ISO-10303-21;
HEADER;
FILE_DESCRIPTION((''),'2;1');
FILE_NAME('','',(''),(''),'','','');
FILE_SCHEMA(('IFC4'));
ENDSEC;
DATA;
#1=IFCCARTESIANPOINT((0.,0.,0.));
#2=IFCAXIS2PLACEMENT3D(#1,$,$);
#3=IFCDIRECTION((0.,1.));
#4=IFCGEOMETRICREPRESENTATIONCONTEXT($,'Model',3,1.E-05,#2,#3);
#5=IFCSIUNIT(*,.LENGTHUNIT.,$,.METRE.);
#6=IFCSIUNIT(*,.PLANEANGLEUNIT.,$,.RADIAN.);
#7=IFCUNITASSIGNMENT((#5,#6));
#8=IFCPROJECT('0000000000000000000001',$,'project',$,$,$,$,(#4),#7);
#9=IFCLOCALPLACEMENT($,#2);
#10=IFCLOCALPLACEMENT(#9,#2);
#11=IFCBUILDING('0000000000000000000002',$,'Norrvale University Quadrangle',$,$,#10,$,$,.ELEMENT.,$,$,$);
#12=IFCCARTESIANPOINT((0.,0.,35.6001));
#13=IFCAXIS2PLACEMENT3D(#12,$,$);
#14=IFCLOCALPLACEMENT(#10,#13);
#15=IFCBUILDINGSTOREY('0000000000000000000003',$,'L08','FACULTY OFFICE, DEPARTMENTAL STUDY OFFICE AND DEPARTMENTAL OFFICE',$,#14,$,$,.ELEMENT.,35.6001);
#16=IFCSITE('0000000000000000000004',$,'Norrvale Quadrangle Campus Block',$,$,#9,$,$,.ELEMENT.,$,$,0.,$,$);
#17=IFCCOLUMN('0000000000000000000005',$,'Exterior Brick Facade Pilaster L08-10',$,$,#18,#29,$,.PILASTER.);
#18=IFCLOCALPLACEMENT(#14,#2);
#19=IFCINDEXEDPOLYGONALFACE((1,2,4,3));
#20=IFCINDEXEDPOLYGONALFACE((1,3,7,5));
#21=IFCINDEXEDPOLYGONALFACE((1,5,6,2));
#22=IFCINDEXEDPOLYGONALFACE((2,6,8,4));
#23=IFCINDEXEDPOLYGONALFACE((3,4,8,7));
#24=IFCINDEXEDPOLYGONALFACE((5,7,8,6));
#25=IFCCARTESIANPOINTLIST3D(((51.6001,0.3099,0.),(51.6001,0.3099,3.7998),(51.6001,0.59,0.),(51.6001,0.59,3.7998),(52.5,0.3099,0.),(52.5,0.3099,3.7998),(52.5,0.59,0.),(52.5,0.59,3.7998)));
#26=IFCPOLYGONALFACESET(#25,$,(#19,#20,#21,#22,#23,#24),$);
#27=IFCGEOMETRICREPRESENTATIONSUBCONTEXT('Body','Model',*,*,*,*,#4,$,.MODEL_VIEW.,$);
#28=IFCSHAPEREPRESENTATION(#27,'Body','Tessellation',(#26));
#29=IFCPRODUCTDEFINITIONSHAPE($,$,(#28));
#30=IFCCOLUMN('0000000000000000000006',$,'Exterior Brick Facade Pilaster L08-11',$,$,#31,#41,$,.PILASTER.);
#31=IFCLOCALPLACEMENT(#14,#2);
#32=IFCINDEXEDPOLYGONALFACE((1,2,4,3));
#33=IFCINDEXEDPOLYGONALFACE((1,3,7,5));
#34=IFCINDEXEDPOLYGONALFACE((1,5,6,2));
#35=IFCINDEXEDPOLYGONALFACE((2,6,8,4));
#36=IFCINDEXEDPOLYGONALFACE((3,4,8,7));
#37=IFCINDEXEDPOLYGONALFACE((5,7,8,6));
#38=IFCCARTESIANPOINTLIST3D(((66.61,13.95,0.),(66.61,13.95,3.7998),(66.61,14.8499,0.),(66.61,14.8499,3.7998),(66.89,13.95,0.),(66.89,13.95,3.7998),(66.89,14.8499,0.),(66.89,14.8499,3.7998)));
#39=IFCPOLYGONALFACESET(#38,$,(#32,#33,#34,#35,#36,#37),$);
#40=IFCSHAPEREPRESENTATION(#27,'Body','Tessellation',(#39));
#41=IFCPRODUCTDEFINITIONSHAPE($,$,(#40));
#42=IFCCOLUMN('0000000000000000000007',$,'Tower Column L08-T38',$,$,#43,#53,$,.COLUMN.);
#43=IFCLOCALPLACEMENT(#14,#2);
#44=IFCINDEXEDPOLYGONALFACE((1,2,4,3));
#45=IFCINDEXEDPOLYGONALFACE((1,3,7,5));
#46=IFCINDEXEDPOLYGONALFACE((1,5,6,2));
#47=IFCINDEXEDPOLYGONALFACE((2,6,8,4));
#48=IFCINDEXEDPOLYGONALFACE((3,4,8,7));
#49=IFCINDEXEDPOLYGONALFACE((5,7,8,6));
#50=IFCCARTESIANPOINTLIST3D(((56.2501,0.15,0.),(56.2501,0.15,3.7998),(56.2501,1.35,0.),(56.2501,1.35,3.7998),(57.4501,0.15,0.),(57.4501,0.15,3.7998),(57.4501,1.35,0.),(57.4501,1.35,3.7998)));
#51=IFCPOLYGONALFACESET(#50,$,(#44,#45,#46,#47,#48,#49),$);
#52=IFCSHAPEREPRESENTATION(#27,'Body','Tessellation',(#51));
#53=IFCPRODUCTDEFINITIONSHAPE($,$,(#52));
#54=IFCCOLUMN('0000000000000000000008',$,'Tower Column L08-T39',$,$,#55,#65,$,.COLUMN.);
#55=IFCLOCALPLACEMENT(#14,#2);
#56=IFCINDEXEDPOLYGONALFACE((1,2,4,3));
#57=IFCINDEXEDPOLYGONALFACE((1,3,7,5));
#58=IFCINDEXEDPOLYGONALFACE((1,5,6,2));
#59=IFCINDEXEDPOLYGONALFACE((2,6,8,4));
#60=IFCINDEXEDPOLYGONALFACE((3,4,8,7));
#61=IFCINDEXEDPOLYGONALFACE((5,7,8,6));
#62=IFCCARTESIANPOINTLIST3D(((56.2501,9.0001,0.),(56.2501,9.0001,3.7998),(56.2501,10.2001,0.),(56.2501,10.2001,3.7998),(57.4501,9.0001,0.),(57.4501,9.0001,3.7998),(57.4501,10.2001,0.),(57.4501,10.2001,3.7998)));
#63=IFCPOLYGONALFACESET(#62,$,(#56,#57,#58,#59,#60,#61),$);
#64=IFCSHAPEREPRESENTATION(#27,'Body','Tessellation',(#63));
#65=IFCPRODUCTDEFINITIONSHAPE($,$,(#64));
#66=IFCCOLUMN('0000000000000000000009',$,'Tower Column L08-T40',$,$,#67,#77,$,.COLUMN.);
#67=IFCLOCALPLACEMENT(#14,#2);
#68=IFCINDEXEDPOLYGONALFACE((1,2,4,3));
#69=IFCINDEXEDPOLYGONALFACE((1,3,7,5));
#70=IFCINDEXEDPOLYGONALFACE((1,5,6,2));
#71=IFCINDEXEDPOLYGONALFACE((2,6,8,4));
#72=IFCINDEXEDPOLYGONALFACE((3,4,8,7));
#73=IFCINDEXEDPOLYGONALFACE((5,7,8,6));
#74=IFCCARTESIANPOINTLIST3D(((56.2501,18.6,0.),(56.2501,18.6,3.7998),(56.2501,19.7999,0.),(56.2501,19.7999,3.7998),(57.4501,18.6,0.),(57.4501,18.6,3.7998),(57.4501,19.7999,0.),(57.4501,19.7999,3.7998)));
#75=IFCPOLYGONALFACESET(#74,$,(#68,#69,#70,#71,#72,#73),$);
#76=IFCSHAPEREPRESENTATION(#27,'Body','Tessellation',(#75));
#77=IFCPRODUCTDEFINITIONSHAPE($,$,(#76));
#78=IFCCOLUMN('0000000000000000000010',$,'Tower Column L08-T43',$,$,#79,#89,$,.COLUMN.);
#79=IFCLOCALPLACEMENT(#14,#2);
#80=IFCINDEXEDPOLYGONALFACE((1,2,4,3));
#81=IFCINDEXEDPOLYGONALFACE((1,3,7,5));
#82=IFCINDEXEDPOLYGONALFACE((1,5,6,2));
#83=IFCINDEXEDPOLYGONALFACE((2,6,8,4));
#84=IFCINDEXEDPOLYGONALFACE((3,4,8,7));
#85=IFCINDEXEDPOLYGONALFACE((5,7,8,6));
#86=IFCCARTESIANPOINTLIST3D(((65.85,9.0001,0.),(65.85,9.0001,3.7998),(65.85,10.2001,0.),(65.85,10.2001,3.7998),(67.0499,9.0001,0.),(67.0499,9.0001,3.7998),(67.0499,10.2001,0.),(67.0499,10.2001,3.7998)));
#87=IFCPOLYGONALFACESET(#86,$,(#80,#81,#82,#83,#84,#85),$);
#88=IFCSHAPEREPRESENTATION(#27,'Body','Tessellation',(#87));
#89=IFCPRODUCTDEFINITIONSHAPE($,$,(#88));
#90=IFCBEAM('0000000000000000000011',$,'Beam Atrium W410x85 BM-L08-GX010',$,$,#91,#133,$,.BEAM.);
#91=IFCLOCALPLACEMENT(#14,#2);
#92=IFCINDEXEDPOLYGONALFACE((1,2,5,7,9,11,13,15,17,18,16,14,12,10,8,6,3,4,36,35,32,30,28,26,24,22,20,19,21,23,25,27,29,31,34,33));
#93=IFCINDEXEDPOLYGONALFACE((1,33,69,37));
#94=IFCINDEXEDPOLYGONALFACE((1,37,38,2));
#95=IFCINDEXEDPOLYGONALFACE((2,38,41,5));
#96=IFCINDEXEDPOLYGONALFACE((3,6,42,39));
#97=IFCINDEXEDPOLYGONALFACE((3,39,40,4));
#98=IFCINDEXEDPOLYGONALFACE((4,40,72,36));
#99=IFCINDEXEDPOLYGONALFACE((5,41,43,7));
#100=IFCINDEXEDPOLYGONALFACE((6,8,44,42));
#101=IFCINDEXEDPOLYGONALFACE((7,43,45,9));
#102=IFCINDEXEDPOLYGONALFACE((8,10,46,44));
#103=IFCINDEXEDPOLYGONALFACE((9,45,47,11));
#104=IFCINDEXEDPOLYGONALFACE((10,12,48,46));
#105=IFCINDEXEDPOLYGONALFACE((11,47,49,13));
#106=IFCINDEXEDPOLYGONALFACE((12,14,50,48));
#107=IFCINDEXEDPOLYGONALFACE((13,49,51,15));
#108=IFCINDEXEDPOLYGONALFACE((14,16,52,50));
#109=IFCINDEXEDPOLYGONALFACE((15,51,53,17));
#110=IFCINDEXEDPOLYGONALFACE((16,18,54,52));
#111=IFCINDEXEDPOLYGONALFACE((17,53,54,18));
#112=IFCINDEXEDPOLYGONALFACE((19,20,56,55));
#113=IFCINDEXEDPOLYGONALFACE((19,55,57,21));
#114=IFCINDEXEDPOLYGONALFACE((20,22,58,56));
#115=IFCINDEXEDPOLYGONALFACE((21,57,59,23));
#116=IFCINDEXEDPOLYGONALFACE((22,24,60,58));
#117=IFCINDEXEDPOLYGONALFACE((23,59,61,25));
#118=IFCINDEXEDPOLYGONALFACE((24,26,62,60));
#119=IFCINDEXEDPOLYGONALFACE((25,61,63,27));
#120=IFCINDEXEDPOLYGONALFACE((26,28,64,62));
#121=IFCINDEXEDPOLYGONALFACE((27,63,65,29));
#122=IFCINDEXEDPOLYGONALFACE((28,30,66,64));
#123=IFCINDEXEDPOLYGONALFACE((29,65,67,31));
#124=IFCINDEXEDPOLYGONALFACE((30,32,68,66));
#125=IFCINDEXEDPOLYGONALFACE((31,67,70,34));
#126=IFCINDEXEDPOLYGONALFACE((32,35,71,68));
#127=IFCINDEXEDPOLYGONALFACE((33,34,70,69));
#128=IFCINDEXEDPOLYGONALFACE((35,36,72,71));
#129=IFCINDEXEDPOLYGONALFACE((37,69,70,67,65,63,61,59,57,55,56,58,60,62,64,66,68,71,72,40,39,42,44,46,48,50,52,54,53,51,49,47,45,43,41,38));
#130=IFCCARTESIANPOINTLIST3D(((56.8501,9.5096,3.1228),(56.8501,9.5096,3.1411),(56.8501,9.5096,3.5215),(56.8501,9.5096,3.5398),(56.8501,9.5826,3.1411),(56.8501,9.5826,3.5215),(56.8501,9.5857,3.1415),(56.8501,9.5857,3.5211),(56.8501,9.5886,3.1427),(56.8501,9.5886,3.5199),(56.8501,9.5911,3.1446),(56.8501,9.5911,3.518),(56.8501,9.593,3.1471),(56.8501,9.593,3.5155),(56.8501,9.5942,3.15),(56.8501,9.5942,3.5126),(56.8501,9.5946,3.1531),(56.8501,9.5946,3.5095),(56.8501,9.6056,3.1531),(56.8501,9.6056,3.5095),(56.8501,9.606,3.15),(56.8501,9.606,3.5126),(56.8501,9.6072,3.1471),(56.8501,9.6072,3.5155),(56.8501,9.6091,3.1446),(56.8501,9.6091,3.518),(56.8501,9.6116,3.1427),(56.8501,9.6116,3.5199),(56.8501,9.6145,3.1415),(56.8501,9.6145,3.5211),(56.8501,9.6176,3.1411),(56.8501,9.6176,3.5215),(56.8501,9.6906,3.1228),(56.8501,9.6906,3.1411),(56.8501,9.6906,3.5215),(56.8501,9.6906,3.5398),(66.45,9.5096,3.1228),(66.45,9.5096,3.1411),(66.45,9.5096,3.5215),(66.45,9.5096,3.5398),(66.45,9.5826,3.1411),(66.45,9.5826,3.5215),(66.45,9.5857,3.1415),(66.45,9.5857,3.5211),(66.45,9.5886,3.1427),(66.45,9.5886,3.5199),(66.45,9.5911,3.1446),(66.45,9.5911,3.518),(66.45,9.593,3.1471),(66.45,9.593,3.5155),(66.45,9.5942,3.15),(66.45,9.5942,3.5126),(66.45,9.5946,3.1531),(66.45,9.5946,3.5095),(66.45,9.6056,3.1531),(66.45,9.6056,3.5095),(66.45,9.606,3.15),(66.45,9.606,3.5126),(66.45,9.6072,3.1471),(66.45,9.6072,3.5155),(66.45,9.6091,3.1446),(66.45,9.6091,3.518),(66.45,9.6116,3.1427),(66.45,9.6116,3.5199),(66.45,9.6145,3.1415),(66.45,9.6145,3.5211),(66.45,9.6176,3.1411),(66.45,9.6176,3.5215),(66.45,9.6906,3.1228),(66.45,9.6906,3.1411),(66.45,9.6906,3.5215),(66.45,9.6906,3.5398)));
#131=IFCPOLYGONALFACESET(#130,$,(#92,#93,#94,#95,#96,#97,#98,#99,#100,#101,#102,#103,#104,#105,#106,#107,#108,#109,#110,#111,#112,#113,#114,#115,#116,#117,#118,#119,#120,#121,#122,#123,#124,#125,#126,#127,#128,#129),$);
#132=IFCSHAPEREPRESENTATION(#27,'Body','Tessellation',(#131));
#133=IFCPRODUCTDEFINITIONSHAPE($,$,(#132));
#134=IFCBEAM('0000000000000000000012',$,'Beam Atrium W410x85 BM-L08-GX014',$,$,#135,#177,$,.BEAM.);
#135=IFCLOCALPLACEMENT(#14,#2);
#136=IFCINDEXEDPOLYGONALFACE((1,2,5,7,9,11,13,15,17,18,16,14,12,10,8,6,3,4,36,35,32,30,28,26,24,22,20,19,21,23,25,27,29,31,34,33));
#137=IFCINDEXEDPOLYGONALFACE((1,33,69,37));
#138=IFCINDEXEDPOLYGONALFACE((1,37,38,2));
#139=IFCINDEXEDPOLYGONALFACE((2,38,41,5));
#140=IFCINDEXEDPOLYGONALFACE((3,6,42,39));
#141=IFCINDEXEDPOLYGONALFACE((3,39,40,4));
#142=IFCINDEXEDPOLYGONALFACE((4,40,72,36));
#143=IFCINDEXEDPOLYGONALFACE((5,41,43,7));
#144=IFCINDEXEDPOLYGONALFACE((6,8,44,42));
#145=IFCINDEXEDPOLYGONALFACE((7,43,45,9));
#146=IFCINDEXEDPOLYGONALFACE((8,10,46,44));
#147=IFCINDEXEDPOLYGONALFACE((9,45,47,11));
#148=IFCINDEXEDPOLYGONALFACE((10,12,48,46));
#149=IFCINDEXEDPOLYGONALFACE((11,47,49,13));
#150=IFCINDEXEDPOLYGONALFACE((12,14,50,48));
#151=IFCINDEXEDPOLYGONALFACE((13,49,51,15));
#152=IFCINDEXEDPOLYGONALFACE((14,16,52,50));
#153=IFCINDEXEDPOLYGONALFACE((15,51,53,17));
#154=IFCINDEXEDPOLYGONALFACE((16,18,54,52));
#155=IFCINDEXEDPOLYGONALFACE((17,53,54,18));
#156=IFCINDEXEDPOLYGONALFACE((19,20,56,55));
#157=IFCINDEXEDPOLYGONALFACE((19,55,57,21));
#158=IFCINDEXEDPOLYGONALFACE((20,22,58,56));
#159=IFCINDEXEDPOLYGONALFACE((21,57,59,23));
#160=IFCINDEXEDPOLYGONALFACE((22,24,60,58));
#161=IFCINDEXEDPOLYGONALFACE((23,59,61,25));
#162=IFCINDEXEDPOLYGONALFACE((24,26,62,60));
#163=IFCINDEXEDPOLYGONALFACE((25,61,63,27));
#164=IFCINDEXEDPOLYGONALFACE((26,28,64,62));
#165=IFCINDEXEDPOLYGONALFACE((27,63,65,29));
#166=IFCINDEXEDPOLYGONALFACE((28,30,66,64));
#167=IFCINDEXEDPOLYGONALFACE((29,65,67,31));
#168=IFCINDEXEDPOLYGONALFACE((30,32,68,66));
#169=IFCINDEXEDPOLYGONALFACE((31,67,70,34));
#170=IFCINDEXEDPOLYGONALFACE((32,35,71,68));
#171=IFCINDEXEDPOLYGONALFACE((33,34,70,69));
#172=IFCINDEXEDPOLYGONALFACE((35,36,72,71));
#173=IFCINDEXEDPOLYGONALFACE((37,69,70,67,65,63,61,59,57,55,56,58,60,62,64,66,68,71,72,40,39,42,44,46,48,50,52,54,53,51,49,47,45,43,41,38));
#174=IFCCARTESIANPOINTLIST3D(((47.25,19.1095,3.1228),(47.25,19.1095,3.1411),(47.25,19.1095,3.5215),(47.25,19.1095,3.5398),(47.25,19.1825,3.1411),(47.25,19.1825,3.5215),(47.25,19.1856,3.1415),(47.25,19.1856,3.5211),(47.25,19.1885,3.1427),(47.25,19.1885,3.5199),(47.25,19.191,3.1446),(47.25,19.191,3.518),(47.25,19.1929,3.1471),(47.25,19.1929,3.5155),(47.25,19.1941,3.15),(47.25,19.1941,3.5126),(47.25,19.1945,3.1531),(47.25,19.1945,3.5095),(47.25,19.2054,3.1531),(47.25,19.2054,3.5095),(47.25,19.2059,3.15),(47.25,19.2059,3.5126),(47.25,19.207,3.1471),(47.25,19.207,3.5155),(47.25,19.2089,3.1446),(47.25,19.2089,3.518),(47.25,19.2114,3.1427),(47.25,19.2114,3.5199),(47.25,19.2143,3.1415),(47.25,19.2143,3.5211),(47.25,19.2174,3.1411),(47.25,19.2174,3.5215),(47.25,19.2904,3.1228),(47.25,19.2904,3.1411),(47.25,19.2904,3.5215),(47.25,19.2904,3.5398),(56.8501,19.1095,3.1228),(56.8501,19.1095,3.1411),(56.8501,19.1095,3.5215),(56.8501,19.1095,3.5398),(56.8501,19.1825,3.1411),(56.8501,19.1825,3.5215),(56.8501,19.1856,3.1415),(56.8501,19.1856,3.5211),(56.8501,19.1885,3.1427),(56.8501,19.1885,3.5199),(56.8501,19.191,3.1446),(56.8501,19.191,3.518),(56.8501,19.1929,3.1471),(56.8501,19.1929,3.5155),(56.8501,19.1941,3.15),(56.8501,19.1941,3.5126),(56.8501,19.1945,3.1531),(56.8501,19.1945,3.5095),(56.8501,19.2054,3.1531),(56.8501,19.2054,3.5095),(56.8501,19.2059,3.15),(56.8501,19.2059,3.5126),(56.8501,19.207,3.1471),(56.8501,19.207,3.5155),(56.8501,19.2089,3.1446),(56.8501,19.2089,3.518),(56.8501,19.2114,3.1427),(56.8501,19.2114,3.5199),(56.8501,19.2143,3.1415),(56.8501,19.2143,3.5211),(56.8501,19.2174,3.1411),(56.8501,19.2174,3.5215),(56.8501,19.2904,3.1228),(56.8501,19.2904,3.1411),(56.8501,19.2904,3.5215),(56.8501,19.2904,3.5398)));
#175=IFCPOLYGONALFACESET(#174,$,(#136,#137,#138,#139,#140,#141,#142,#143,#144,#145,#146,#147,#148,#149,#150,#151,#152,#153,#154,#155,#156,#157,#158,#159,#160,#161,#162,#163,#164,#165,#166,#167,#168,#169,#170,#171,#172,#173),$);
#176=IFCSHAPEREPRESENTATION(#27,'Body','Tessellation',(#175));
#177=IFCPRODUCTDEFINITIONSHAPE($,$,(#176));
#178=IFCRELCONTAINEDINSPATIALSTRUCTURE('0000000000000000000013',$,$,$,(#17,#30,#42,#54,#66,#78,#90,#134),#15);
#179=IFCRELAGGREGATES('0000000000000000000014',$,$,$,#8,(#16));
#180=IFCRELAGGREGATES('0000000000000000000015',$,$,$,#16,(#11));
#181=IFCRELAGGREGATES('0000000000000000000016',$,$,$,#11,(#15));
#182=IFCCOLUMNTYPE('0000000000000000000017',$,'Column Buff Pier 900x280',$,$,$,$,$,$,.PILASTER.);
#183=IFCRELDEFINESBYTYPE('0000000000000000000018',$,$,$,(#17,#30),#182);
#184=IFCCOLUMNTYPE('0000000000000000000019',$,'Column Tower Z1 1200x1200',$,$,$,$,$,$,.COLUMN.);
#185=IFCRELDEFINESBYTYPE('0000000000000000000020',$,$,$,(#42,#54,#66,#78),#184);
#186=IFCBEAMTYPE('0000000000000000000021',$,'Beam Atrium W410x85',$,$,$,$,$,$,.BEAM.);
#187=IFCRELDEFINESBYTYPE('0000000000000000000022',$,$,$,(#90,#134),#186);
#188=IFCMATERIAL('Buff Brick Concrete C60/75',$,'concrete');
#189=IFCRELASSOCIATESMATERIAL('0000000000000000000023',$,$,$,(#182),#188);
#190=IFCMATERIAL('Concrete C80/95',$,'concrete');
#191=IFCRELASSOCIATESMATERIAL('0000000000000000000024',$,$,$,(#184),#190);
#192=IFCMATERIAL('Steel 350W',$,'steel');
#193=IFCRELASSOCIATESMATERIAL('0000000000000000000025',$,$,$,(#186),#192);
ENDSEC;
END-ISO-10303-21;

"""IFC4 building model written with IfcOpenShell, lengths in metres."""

from ifc_helpers import new_model, si_unit, direction, frame, origin, origin_2d, place, context, subcontext, project, spatial, rectangle, i_section, extrude, material, material_profile, profile_set, type_object, element, save


model = new_model("IFC4")

# Units and contexts
model_context = context("Model", 3, precision=1e-05, world=origin(), true_north=direction((0.0, 1.0)))
body_context = subcontext(model_context, "Body", "Model", "MODEL_VIEW")
ifc_project = project(units=[si_unit("LENGTHUNIT", "METRE"), si_unit("PLANEANGLEUNIT", "RADIAN")], contexts=[model_context])

# Site, building, storey
site_placement = place(None, origin())
site = spatial("IfcSite", under=ifc_project, at=site_placement, Name="Norrvale Quadrangle Campus Block", CompositionType="ELEMENT", RefElevation=0.0)
building_placement = place(site_placement, origin())
building = spatial("IfcBuilding", under=site, at=building_placement, Name="Norrvale University Quadrangle", CompositionType="ELEMENT")
storey_placement = place(building_placement, frame((0.0, 0.0, 35.6001)))
storey = spatial("IfcBuildingStorey", under=building, at=storey_placement, Name="L08", Description="FACULTY OFFICE, DEPARTMENTAL STUDY OFFICE AND DEPARTMENTAL OFFICE", CompositionType="ELEMENT", Elevation=35.6001)

# Columns
ifc_material_1 = material(Name="Buff Brick Concrete C60/75", Category="concrete")
ifc_material_profile_1 = material_profile(ifc_material_1, rectangle(XDim=0.8999, YDim=0.28, at=origin_2d()), Name="Buff Brick Concrete C60/75")
ifc_profile_set_1 = profile_set([ifc_material_profile_1], Name="Buff Brick Concrete C60/75")
column_type_1 = type_object("IfcColumnType", Name="Column Buff Pier 900x280", PredefinedType="PILASTER", material=ifc_profile_set_1)
for number, where, z_axis, x_axis, name in (
    (1, (52.05, 0.45, 0.0), (0.0, 0.0, 1.0), (1.0, 0.0, 0.0), "Exterior Brick Facade Pilaster L08-10"),
    (2, (66.75, 14.3999, 0.0), (0.0, 0.0, 1.0), (0.0, 1.0, 0.0), "Exterior Brick Facade Pilaster L08-11"),
):
    element("IfcColumn", number, at=place(storey_placement, frame(where, z_axis=z_axis, x_axis=x_axis)), inside=storey, type_object=column_type_1, Name=name, PredefinedType="PILASTER", context=body_context, shape_type="SweptSolid", body=[
        extrude(rectangle(XDim=0.8999, YDim=0.28, at=origin_2d()), origin(), (0.0, 0.0, 1.0), 3.7998),
    ])
ifc_material_2 = material(Name="Concrete C80/95", Category="concrete")
ifc_material_profile_2 = material_profile(ifc_material_2, rectangle(XDim=1.2, YDim=1.2, at=origin_2d()), Name="Concrete C80/95")
ifc_profile_set_2 = profile_set([ifc_material_profile_2], Name="Concrete C80/95")
column_type_2 = type_object("IfcColumnType", Name="Column Tower Z1 1200x1200", PredefinedType="COLUMN", material=ifc_profile_set_2)
for number, where, z_axis, x_axis, name in (
    (3, (56.8501, 0.75, 0.0), (0.0, 0.0, 1.0), (1.0, 0.0, 0.0), "Tower Column L08-T38"),
    (4, (56.8501, 9.6001, 0.0), (0.0, 0.0, 1.0), (1.0, 0.0, 0.0), "Tower Column L08-T39"),
    (5, (56.8501, 19.2, 0.0), (0.0, 0.0, 1.0), (1.0, 0.0, 0.0), "Tower Column L08-T40"),
    (6, (66.45, 9.6001, 0.0), (0.0, 0.0, 1.0), (1.0, 0.0, 0.0), "Tower Column L08-T43"),
):
    element("IfcColumn", number, at=place(storey_placement, frame(where, z_axis=z_axis, x_axis=x_axis)), inside=storey, type_object=column_type_2, Name=name, PredefinedType="COLUMN", context=body_context, shape_type="SweptSolid", body=[
        extrude(rectangle(XDim=1.2, YDim=1.2, at=origin_2d()), origin(), (0.0, 0.0, 1.0), 3.7998),
    ])

# Beams
ifc_material_3 = material(Name="Steel 350W", Category="steel")
ifc_material_profile_3 = material_profile(ifc_material_3, i_section(OverallWidth=0.1809, OverallDepth=0.417, WebThickness=0.011, FlangeThickness=0.0183, FilletRadius=0.012, at=origin_2d()), Name="Steel 350W")
ifc_profile_set_3 = profile_set([ifc_material_profile_3], Name="Steel 350W")
beam_type_1 = type_object("IfcBeamType", Name="Beam Atrium W410x85", PredefinedType="BEAM", material=ifc_profile_set_3)
beam_1_placement = place(storey_placement, frame((56.8501, 9.6001, 3.3313), z_axis=(1.0, 0.0, 0.0), x_axis=(0.0, 1.0, 0.0)))
element("IfcBeam", 7, at=beam_1_placement, inside=storey, type_object=beam_type_1, Name="Beam Atrium W410x85 BM-L08-GX010", PredefinedType="BEAM", context=body_context, shape_type="SweptSolid", body=[
    extrude(i_section(OverallWidth=0.1809, OverallDepth=0.417, WebThickness=0.011, FlangeThickness=0.0183, FilletRadius=0.012, at=origin_2d()), origin(), (0.0, 0.0, 1.0), 9.5999),
])
beam_2_placement = place(storey_placement, frame((47.25, 19.2, 3.3313), z_axis=(1.0, 0.0, 0.0), x_axis=(0.0, 1.0, 0.0)))
element("IfcBeam", 8, at=beam_2_placement, inside=storey, type_object=beam_type_1, Name="Beam Atrium W410x85 BM-L08-GX014", PredefinedType="BEAM", context=body_context, shape_type="SweptSolid", body=[
    extrude(i_section(OverallWidth=0.1809, OverallDepth=0.417, WebThickness=0.011, FlangeThickness=0.0183, FilletRadius=0.012, at=origin_2d()), origin(), (0.0, 0.0, 1.0), 9.6001),
])

save(model, "model.ifc")
